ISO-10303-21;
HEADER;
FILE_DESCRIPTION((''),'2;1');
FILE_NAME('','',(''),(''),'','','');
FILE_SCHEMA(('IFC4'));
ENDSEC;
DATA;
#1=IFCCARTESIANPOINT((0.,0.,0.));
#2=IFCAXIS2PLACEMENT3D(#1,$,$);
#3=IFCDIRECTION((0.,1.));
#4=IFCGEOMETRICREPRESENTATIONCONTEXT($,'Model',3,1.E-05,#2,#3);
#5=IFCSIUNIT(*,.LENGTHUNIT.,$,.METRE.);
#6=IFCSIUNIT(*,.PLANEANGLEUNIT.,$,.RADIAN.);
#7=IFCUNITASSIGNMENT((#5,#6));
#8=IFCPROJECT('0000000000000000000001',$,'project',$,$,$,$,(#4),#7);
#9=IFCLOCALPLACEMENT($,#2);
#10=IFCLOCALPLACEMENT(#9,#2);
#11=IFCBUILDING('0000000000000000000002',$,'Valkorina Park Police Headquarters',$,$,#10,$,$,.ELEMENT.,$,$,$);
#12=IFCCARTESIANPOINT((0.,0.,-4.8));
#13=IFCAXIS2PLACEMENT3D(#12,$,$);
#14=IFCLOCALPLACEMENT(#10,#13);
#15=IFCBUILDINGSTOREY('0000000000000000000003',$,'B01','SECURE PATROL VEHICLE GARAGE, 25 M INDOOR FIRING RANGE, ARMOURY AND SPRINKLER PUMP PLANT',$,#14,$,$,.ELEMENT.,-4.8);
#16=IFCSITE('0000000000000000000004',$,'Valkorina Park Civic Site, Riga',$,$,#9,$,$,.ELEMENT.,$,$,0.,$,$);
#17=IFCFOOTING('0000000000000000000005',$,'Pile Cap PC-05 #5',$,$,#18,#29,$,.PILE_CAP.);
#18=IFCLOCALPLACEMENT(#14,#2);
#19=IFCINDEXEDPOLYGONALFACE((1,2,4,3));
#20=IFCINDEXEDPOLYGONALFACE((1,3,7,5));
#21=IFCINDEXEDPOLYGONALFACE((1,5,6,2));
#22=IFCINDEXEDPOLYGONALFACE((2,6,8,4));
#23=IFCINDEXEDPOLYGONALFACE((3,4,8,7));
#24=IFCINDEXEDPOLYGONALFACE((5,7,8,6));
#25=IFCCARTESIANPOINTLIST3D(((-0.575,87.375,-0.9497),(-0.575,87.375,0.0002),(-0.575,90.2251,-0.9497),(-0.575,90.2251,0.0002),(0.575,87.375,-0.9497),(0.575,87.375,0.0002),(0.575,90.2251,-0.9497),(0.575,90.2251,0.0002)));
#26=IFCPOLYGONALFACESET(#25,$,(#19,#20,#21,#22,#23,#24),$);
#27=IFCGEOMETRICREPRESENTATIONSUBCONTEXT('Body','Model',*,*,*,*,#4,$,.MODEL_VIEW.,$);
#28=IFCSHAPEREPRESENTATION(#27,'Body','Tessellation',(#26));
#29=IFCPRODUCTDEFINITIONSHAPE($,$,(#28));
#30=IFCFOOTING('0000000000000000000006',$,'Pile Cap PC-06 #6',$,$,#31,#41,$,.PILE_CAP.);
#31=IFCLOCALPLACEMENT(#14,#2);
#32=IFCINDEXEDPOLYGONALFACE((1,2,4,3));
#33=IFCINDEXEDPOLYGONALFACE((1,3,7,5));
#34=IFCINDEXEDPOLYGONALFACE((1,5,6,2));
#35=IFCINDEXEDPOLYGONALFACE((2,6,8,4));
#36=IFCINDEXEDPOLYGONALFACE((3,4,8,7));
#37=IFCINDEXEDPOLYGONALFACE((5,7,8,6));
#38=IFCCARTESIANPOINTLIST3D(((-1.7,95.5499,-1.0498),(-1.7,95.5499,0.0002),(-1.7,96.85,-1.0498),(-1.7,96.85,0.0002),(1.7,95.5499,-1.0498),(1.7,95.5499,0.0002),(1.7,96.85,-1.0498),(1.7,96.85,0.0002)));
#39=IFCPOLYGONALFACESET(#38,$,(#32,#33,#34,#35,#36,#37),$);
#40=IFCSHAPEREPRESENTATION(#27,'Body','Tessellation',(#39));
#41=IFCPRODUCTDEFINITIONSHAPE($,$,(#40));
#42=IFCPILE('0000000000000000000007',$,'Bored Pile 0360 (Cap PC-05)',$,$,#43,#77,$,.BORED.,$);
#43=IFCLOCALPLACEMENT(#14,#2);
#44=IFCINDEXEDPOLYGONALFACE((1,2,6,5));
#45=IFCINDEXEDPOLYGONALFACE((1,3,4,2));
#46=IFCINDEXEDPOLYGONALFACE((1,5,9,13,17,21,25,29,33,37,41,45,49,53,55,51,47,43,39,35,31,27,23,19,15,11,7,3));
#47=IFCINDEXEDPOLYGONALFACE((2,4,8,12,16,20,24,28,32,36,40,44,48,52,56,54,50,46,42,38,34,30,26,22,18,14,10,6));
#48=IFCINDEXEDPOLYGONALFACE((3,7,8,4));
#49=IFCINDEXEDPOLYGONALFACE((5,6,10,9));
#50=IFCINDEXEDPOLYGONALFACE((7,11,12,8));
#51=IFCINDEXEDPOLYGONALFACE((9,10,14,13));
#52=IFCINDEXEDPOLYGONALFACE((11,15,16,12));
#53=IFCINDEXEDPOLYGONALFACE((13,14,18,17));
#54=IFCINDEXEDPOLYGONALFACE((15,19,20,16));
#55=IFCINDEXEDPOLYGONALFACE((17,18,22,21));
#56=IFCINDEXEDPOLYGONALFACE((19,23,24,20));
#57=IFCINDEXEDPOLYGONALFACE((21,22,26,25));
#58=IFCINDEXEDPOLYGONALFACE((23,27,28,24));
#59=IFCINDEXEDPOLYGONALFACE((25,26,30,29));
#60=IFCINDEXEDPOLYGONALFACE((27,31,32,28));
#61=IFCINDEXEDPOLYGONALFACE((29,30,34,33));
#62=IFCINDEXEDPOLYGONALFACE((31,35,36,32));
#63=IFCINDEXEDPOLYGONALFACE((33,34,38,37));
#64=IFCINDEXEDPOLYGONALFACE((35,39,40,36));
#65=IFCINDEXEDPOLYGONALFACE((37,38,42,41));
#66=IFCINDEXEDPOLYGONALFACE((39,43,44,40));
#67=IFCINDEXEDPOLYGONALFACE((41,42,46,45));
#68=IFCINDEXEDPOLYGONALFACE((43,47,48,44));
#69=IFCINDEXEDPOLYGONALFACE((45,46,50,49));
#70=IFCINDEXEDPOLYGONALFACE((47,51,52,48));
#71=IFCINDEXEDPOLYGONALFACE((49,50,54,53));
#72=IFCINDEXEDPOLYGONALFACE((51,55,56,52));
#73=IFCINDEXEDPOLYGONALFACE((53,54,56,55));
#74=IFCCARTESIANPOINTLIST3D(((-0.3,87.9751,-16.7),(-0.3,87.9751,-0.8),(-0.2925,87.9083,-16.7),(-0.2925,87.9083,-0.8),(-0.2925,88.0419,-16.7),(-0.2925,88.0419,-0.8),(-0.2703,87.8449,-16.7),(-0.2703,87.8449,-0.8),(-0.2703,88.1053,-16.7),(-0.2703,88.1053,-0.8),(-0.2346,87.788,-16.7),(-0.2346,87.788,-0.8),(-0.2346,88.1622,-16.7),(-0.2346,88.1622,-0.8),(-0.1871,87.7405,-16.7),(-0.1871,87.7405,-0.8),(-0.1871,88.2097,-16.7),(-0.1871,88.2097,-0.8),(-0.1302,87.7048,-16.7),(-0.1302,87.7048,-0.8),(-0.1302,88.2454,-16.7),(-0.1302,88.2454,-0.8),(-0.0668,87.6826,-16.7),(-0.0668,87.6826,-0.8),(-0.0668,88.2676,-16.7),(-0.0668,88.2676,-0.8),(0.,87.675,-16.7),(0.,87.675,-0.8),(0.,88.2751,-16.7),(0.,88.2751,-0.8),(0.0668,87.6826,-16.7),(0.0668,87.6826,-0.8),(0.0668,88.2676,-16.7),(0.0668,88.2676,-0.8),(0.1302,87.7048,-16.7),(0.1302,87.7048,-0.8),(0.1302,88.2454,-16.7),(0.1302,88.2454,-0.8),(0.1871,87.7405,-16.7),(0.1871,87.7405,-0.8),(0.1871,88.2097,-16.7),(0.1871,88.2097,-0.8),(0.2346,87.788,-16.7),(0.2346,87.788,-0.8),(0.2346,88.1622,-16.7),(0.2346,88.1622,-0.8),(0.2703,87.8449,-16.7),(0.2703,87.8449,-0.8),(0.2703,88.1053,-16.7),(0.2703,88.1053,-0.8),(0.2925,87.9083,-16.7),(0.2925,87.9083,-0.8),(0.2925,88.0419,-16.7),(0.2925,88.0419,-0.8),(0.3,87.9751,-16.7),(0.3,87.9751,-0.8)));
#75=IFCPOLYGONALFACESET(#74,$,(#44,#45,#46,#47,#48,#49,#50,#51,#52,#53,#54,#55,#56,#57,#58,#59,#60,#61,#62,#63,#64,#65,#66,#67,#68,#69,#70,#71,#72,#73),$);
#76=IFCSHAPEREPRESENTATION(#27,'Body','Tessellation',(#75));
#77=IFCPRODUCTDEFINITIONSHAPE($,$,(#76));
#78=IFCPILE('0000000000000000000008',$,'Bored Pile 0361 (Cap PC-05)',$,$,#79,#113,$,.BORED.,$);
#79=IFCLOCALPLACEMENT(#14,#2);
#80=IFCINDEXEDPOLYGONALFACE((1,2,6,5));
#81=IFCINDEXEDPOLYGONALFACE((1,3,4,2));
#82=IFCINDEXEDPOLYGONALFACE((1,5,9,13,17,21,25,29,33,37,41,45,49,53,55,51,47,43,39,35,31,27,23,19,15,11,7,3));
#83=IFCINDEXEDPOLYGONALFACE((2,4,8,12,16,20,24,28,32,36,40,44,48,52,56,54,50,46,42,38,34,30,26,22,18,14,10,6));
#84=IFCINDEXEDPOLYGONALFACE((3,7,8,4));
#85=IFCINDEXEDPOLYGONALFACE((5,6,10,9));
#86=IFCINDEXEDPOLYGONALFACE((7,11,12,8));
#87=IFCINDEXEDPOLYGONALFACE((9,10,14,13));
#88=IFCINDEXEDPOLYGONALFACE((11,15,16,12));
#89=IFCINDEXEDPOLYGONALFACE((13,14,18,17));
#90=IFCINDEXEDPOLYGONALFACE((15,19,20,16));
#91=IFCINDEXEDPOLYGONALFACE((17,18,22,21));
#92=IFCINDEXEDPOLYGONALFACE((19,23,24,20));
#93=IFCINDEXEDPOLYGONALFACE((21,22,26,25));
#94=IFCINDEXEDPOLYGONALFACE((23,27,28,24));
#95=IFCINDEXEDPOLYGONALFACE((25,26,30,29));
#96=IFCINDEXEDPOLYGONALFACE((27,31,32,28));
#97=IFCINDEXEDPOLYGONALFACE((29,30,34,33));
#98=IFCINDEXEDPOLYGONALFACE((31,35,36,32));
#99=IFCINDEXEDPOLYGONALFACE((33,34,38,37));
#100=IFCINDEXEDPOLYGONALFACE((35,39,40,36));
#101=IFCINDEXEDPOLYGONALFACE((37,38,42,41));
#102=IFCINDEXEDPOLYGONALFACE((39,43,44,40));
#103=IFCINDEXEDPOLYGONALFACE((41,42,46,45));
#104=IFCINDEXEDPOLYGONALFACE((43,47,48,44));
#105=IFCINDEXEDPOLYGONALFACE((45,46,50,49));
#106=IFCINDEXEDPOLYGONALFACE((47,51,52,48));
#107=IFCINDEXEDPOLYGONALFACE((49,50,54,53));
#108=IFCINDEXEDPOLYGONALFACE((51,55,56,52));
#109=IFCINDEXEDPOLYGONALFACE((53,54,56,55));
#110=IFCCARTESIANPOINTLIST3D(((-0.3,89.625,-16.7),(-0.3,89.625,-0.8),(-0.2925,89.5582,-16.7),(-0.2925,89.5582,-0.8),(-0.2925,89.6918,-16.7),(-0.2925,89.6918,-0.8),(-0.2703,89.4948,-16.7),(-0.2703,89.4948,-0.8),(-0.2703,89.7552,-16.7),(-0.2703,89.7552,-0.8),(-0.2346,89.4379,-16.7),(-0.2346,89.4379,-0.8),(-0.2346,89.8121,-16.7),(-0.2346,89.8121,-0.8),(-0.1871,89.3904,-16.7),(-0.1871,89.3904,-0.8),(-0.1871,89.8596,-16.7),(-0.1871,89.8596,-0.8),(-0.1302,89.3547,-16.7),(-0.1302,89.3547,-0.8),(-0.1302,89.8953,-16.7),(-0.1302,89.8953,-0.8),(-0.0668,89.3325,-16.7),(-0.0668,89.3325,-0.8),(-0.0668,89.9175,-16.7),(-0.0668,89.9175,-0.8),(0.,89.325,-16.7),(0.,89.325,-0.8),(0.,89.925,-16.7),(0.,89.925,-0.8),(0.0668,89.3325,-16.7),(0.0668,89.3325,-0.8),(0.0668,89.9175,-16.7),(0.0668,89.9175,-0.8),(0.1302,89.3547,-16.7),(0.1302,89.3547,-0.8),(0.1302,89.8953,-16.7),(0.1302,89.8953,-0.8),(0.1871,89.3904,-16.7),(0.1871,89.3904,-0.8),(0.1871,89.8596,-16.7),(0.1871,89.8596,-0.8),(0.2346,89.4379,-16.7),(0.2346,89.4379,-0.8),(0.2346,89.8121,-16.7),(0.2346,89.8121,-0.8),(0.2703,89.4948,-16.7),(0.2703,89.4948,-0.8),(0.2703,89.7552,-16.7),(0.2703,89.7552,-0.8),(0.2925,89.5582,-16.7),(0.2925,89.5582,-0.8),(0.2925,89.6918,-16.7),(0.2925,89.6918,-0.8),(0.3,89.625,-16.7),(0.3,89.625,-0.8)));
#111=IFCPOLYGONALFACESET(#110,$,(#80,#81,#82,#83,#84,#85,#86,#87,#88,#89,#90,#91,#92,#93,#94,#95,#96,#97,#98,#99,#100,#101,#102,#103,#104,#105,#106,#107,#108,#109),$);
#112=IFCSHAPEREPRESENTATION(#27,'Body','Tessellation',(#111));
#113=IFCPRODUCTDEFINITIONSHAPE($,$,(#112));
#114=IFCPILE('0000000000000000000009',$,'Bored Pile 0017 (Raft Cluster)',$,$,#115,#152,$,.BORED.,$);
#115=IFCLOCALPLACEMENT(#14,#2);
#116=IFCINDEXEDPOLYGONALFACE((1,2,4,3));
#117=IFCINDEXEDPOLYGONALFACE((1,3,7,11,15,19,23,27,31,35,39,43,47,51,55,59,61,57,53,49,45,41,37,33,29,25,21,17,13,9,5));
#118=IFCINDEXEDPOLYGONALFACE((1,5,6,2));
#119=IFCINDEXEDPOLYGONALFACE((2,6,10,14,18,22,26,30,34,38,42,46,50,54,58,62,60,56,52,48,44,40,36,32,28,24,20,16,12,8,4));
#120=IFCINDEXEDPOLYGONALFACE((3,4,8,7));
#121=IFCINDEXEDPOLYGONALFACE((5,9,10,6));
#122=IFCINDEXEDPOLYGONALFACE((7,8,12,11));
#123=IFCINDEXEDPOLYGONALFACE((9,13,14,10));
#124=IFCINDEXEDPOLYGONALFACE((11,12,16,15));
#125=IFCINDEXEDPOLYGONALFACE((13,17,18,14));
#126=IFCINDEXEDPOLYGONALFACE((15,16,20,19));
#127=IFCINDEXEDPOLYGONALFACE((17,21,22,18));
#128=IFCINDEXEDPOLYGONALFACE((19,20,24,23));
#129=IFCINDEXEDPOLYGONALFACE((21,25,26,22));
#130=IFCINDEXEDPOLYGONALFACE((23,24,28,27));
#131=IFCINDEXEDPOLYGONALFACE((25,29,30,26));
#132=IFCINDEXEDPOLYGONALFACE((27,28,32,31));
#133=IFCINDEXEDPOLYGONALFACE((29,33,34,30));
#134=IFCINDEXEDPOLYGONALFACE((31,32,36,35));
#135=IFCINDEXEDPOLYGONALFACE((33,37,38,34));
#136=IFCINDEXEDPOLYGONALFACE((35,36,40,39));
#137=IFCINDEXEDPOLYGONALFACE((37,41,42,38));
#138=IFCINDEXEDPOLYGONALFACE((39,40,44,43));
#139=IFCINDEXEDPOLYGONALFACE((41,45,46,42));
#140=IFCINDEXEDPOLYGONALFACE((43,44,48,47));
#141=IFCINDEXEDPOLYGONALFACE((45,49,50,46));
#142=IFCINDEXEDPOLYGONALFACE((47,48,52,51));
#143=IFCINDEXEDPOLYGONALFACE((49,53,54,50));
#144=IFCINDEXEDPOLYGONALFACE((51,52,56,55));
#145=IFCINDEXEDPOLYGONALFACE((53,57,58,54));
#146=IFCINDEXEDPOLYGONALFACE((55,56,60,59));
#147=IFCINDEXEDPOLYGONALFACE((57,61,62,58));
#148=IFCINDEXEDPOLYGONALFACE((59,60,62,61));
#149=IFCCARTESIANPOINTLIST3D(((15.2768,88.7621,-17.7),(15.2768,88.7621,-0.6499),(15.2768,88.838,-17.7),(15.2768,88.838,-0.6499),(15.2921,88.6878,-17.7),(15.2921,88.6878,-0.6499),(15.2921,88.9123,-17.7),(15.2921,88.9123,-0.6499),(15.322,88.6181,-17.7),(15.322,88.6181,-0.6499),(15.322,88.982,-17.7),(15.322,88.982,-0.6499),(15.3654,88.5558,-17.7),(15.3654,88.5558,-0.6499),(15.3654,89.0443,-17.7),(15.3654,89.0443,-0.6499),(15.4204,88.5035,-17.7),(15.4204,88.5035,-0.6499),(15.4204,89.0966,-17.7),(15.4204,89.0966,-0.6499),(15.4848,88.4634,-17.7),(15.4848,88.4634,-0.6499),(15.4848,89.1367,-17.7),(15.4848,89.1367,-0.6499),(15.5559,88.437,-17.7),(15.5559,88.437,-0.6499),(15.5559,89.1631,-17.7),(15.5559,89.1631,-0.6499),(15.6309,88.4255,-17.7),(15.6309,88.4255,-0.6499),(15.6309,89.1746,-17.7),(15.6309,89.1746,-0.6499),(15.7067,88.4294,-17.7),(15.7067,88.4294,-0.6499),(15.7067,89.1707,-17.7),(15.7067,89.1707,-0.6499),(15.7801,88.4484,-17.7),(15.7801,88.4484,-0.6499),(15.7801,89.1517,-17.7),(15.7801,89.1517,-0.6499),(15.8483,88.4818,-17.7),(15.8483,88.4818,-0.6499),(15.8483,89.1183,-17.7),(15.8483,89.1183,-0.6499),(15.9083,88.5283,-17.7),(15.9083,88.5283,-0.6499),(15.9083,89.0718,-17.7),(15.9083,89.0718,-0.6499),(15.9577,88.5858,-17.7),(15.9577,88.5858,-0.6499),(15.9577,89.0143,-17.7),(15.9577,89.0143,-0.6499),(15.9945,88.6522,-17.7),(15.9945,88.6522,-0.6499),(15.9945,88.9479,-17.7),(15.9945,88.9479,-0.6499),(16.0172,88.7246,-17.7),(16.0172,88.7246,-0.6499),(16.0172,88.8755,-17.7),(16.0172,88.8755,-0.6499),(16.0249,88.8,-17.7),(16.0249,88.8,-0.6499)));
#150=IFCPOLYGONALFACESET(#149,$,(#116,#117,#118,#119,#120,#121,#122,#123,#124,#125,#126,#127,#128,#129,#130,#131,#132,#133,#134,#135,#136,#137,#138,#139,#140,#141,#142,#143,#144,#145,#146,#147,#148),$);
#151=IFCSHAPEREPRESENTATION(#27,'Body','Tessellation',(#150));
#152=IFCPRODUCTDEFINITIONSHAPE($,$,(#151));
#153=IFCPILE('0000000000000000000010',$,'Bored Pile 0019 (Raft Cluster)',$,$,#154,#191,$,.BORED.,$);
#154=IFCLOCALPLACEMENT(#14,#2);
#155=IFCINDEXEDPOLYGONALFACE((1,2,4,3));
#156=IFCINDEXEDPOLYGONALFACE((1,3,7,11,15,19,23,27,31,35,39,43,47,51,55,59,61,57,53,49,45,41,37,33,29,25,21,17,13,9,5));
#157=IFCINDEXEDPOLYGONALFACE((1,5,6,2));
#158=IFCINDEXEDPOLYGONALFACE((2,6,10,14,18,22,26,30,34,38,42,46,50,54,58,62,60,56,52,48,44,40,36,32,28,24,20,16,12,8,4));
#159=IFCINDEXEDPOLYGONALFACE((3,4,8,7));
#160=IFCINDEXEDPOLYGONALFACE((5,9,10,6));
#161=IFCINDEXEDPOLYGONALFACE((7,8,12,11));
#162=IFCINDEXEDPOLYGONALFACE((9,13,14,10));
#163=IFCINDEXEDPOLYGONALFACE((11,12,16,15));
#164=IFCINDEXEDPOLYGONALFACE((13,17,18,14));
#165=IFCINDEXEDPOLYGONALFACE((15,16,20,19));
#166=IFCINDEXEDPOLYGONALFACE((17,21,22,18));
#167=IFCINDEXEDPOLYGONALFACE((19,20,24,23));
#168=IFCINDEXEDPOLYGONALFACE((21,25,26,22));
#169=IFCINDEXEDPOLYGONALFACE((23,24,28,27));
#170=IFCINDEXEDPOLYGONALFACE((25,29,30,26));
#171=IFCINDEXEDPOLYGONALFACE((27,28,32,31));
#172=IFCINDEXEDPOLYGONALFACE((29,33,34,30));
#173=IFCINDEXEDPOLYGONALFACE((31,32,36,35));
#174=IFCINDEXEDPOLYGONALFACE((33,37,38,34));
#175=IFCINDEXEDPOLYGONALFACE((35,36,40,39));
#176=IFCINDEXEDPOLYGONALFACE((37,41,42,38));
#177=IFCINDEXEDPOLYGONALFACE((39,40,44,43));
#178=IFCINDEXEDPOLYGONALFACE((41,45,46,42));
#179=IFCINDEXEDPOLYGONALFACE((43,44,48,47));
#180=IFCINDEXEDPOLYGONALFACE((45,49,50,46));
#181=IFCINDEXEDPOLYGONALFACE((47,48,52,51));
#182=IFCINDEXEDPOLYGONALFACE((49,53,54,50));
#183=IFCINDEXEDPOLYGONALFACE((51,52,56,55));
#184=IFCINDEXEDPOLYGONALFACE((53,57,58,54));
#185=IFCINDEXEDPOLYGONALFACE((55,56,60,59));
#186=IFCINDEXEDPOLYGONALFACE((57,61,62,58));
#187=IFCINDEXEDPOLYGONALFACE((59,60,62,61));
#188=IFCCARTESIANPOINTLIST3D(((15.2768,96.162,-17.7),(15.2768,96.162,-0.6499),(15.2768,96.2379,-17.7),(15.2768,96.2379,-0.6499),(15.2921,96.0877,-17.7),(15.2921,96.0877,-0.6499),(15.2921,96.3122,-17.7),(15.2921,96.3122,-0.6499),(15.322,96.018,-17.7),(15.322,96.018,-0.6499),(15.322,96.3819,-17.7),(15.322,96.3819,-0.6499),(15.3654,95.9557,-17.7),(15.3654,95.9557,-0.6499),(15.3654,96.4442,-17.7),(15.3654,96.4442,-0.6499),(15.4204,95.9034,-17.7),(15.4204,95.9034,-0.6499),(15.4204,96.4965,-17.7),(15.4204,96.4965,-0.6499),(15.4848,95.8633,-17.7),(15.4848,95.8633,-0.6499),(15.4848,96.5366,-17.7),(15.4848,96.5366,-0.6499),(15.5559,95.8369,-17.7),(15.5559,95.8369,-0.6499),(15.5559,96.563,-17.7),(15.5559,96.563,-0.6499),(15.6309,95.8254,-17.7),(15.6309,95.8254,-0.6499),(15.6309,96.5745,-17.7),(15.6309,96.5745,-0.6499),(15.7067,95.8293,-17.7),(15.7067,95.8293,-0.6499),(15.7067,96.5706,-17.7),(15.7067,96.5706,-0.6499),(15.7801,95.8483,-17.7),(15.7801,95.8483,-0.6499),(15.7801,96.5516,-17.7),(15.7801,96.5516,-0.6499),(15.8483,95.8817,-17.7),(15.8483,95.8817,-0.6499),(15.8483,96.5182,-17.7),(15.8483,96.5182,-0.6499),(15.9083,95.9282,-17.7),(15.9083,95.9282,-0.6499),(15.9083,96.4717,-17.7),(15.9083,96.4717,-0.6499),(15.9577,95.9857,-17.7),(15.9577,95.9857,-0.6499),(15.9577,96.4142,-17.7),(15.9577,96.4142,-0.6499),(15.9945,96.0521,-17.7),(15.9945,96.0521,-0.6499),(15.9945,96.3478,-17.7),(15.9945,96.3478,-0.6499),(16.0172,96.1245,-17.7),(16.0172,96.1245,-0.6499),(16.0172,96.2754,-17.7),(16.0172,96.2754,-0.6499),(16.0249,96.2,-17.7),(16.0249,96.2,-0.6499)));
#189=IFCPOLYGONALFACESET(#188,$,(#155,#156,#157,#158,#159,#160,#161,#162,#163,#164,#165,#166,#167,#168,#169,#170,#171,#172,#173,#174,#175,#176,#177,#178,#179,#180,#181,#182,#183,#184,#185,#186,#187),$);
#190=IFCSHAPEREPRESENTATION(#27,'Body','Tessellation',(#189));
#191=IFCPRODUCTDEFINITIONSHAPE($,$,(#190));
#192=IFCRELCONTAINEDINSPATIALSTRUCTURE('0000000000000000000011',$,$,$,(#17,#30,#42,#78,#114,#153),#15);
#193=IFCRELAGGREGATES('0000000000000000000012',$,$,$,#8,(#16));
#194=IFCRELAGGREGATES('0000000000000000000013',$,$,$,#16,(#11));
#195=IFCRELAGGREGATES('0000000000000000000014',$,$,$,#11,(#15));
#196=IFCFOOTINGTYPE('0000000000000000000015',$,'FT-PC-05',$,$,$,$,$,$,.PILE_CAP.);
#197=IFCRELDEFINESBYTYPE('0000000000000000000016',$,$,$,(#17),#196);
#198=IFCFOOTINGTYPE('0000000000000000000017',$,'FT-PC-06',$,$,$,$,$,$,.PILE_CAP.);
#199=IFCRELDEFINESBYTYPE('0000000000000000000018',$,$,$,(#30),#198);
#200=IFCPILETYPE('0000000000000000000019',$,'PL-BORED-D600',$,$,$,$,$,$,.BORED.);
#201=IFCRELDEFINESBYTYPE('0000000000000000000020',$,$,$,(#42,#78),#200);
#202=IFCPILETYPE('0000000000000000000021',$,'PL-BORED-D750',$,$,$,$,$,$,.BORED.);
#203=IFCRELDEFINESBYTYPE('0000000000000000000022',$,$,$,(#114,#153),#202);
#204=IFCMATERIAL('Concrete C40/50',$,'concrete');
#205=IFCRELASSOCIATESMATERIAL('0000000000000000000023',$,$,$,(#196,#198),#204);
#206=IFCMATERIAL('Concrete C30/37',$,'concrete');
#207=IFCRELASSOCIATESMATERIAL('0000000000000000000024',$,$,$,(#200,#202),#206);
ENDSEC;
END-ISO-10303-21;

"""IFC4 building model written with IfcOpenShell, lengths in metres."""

from ifc_helpers import new_model, si_unit, direction, frame, origin, origin_2d, place, context, subcontext, project, spatial, rectangle, circle, extrude, material, material_profile, profile_set, type_object, element, save


model = new_model("IFC4")

# Units and contexts
model_context = context("Model", 3, precision=1e-05, world=origin(), true_north=direction((0.0, 1.0)))
body_context = subcontext(model_context, "Body", "Model", "MODEL_VIEW")
ifc_project = project(units=[si_unit("LENGTHUNIT", "METRE"), si_unit("PLANEANGLEUNIT", "RADIAN")], contexts=[model_context])

# Site, building, storey
site_placement = place(None, origin())
site = spatial("IfcSite", under=ifc_project, at=site_placement, Name="Valkorina Park Civic Site, Riga", CompositionType="ELEMENT", RefElevation=0.0)
building_placement = place(site_placement, origin())
building = spatial("IfcBuilding", under=site, at=building_placement, Name="Valkorina Park Police Headquarters", CompositionType="ELEMENT")
storey_placement = place(building_placement, frame((0.0, 0.0, -4.8)))
storey = spatial("IfcBuildingStorey", under=building, at=storey_placement, Name="B01", Description="SECURE PATROL VEHICLE GARAGE, 25 M INDOOR FIRING RANGE, ARMOURY AND SPRINKLER PUMP PLANT", CompositionType="ELEMENT", Elevation=-4.8)

# Footings
ifc_material_1 = material(Name="Concrete C40/50", Category="concrete")
footing_type_1 = type_object("IfcFootingType", Name="FT-PC-05", PredefinedType="PILE_CAP", material=ifc_material_1)
footing_1_placement = place(storey_placement, frame((0.0, 88.8, -0.9497), z_axis=(0.0, 0.0, 1.0), x_axis=(1.0, 0.0, 0.0)))
element("IfcFooting", 1, at=footing_1_placement, inside=storey, type_object=footing_type_1, Name="Pile Cap PC-05 #5", PredefinedType="PILE_CAP", context=body_context, shape_type="SweptSolid", body=[
    extrude(rectangle(XDim=1.1499, YDim=2.8501, at=origin_2d()), origin(), (0.0, 0.0, 1.0), 0.95),
])
footing_type_2 = type_object("IfcFootingType", Name="FT-PC-06", PredefinedType="PILE_CAP", material=ifc_material_1)
footing_2_placement = place(storey_placement, frame((0.0, 96.2, -1.0498), z_axis=(0.0, 0.0, 1.0), x_axis=(1.0, 0.0, 0.0)))
element("IfcFooting", 2, at=footing_2_placement, inside=storey, type_object=footing_type_2, Name="Pile Cap PC-06 #6", PredefinedType="PILE_CAP", context=body_context, shape_type="SweptSolid", body=[
    extrude(rectangle(XDim=3.3999, YDim=1.3, at=origin_2d()), origin(), (0.0, 0.0, 1.0), 1.05),
])

# Piles
ifc_material_2 = material(Name="Concrete C30/37", Category="concrete")
ifc_material_profile_1 = material_profile(ifc_material_2, circle(Radius=0.3, at=origin_2d()), Name="BORED PILE D600")
ifc_profile_set_1 = profile_set([ifc_material_profile_1], Name="Concrete C30/37")
pile_type_1 = type_object("IfcPileType", Name="PL-BORED-D600", PredefinedType="BORED", material=ifc_profile_set_1)
for number, where, z_axis, x_axis, name in (
    (3, (0.0, 87.9751, -0.8), (0.0, 0.0, -1.0), (1.0, 0.0, 0.0), "Bored Pile 0360 (Cap PC-05)"),
    (4, (0.0, 89.625, -0.8), (0.0, 0.0, -1.0), (1.0, 0.0, 0.0), "Bored Pile 0361 (Cap PC-05)"),
):
    element("IfcPile", number, at=place(storey_placement, frame(where, z_axis=z_axis, x_axis=x_axis)), inside=storey, type_object=pile_type_1, Name=name, PredefinedType="BORED", context=body_context, shape_type="SweptSolid", body=[
        extrude(circle(Radius=0.3, at=origin_2d()), origin(), (0.0, 0.0, 1.0), 15.8999),
    ])
ifc_material_profile_2 = material_profile(ifc_material_2, circle(Radius=0.375, at=origin_2d()), Name="BORED PILE D750")
ifc_profile_set_2 = profile_set([ifc_material_profile_2], Name="Concrete C30/37")
pile_type_2 = type_object("IfcPileType", Name="PL-BORED-D750", PredefinedType="BORED", material=ifc_profile_set_2)
for number, where, z_axis, x_axis, name in (
    (5, (15.6499, 88.8, -0.6499), (0.0, 0.0, -1.0), (1.0, 0.0, 0.0), "Bored Pile 0017 (Raft Cluster)"),
    (6, (15.6499, 96.2, -0.6499), (0.0, 0.0, -1.0), (1.0, 0.0, 0.0), "Bored Pile 0019 (Raft Cluster)"),
):
    element("IfcPile", number, at=place(storey_placement, frame(where, z_axis=z_axis, x_axis=x_axis)), inside=storey, type_object=pile_type_2, Name=name, PredefinedType="BORED", context=body_context, shape_type="SweptSolid", body=[
        extrude(circle(Radius=0.375, at=origin_2d()), origin(), (0.0, 0.0, 1.0), 17.05),
    ])

save(model, "model.ifc")
